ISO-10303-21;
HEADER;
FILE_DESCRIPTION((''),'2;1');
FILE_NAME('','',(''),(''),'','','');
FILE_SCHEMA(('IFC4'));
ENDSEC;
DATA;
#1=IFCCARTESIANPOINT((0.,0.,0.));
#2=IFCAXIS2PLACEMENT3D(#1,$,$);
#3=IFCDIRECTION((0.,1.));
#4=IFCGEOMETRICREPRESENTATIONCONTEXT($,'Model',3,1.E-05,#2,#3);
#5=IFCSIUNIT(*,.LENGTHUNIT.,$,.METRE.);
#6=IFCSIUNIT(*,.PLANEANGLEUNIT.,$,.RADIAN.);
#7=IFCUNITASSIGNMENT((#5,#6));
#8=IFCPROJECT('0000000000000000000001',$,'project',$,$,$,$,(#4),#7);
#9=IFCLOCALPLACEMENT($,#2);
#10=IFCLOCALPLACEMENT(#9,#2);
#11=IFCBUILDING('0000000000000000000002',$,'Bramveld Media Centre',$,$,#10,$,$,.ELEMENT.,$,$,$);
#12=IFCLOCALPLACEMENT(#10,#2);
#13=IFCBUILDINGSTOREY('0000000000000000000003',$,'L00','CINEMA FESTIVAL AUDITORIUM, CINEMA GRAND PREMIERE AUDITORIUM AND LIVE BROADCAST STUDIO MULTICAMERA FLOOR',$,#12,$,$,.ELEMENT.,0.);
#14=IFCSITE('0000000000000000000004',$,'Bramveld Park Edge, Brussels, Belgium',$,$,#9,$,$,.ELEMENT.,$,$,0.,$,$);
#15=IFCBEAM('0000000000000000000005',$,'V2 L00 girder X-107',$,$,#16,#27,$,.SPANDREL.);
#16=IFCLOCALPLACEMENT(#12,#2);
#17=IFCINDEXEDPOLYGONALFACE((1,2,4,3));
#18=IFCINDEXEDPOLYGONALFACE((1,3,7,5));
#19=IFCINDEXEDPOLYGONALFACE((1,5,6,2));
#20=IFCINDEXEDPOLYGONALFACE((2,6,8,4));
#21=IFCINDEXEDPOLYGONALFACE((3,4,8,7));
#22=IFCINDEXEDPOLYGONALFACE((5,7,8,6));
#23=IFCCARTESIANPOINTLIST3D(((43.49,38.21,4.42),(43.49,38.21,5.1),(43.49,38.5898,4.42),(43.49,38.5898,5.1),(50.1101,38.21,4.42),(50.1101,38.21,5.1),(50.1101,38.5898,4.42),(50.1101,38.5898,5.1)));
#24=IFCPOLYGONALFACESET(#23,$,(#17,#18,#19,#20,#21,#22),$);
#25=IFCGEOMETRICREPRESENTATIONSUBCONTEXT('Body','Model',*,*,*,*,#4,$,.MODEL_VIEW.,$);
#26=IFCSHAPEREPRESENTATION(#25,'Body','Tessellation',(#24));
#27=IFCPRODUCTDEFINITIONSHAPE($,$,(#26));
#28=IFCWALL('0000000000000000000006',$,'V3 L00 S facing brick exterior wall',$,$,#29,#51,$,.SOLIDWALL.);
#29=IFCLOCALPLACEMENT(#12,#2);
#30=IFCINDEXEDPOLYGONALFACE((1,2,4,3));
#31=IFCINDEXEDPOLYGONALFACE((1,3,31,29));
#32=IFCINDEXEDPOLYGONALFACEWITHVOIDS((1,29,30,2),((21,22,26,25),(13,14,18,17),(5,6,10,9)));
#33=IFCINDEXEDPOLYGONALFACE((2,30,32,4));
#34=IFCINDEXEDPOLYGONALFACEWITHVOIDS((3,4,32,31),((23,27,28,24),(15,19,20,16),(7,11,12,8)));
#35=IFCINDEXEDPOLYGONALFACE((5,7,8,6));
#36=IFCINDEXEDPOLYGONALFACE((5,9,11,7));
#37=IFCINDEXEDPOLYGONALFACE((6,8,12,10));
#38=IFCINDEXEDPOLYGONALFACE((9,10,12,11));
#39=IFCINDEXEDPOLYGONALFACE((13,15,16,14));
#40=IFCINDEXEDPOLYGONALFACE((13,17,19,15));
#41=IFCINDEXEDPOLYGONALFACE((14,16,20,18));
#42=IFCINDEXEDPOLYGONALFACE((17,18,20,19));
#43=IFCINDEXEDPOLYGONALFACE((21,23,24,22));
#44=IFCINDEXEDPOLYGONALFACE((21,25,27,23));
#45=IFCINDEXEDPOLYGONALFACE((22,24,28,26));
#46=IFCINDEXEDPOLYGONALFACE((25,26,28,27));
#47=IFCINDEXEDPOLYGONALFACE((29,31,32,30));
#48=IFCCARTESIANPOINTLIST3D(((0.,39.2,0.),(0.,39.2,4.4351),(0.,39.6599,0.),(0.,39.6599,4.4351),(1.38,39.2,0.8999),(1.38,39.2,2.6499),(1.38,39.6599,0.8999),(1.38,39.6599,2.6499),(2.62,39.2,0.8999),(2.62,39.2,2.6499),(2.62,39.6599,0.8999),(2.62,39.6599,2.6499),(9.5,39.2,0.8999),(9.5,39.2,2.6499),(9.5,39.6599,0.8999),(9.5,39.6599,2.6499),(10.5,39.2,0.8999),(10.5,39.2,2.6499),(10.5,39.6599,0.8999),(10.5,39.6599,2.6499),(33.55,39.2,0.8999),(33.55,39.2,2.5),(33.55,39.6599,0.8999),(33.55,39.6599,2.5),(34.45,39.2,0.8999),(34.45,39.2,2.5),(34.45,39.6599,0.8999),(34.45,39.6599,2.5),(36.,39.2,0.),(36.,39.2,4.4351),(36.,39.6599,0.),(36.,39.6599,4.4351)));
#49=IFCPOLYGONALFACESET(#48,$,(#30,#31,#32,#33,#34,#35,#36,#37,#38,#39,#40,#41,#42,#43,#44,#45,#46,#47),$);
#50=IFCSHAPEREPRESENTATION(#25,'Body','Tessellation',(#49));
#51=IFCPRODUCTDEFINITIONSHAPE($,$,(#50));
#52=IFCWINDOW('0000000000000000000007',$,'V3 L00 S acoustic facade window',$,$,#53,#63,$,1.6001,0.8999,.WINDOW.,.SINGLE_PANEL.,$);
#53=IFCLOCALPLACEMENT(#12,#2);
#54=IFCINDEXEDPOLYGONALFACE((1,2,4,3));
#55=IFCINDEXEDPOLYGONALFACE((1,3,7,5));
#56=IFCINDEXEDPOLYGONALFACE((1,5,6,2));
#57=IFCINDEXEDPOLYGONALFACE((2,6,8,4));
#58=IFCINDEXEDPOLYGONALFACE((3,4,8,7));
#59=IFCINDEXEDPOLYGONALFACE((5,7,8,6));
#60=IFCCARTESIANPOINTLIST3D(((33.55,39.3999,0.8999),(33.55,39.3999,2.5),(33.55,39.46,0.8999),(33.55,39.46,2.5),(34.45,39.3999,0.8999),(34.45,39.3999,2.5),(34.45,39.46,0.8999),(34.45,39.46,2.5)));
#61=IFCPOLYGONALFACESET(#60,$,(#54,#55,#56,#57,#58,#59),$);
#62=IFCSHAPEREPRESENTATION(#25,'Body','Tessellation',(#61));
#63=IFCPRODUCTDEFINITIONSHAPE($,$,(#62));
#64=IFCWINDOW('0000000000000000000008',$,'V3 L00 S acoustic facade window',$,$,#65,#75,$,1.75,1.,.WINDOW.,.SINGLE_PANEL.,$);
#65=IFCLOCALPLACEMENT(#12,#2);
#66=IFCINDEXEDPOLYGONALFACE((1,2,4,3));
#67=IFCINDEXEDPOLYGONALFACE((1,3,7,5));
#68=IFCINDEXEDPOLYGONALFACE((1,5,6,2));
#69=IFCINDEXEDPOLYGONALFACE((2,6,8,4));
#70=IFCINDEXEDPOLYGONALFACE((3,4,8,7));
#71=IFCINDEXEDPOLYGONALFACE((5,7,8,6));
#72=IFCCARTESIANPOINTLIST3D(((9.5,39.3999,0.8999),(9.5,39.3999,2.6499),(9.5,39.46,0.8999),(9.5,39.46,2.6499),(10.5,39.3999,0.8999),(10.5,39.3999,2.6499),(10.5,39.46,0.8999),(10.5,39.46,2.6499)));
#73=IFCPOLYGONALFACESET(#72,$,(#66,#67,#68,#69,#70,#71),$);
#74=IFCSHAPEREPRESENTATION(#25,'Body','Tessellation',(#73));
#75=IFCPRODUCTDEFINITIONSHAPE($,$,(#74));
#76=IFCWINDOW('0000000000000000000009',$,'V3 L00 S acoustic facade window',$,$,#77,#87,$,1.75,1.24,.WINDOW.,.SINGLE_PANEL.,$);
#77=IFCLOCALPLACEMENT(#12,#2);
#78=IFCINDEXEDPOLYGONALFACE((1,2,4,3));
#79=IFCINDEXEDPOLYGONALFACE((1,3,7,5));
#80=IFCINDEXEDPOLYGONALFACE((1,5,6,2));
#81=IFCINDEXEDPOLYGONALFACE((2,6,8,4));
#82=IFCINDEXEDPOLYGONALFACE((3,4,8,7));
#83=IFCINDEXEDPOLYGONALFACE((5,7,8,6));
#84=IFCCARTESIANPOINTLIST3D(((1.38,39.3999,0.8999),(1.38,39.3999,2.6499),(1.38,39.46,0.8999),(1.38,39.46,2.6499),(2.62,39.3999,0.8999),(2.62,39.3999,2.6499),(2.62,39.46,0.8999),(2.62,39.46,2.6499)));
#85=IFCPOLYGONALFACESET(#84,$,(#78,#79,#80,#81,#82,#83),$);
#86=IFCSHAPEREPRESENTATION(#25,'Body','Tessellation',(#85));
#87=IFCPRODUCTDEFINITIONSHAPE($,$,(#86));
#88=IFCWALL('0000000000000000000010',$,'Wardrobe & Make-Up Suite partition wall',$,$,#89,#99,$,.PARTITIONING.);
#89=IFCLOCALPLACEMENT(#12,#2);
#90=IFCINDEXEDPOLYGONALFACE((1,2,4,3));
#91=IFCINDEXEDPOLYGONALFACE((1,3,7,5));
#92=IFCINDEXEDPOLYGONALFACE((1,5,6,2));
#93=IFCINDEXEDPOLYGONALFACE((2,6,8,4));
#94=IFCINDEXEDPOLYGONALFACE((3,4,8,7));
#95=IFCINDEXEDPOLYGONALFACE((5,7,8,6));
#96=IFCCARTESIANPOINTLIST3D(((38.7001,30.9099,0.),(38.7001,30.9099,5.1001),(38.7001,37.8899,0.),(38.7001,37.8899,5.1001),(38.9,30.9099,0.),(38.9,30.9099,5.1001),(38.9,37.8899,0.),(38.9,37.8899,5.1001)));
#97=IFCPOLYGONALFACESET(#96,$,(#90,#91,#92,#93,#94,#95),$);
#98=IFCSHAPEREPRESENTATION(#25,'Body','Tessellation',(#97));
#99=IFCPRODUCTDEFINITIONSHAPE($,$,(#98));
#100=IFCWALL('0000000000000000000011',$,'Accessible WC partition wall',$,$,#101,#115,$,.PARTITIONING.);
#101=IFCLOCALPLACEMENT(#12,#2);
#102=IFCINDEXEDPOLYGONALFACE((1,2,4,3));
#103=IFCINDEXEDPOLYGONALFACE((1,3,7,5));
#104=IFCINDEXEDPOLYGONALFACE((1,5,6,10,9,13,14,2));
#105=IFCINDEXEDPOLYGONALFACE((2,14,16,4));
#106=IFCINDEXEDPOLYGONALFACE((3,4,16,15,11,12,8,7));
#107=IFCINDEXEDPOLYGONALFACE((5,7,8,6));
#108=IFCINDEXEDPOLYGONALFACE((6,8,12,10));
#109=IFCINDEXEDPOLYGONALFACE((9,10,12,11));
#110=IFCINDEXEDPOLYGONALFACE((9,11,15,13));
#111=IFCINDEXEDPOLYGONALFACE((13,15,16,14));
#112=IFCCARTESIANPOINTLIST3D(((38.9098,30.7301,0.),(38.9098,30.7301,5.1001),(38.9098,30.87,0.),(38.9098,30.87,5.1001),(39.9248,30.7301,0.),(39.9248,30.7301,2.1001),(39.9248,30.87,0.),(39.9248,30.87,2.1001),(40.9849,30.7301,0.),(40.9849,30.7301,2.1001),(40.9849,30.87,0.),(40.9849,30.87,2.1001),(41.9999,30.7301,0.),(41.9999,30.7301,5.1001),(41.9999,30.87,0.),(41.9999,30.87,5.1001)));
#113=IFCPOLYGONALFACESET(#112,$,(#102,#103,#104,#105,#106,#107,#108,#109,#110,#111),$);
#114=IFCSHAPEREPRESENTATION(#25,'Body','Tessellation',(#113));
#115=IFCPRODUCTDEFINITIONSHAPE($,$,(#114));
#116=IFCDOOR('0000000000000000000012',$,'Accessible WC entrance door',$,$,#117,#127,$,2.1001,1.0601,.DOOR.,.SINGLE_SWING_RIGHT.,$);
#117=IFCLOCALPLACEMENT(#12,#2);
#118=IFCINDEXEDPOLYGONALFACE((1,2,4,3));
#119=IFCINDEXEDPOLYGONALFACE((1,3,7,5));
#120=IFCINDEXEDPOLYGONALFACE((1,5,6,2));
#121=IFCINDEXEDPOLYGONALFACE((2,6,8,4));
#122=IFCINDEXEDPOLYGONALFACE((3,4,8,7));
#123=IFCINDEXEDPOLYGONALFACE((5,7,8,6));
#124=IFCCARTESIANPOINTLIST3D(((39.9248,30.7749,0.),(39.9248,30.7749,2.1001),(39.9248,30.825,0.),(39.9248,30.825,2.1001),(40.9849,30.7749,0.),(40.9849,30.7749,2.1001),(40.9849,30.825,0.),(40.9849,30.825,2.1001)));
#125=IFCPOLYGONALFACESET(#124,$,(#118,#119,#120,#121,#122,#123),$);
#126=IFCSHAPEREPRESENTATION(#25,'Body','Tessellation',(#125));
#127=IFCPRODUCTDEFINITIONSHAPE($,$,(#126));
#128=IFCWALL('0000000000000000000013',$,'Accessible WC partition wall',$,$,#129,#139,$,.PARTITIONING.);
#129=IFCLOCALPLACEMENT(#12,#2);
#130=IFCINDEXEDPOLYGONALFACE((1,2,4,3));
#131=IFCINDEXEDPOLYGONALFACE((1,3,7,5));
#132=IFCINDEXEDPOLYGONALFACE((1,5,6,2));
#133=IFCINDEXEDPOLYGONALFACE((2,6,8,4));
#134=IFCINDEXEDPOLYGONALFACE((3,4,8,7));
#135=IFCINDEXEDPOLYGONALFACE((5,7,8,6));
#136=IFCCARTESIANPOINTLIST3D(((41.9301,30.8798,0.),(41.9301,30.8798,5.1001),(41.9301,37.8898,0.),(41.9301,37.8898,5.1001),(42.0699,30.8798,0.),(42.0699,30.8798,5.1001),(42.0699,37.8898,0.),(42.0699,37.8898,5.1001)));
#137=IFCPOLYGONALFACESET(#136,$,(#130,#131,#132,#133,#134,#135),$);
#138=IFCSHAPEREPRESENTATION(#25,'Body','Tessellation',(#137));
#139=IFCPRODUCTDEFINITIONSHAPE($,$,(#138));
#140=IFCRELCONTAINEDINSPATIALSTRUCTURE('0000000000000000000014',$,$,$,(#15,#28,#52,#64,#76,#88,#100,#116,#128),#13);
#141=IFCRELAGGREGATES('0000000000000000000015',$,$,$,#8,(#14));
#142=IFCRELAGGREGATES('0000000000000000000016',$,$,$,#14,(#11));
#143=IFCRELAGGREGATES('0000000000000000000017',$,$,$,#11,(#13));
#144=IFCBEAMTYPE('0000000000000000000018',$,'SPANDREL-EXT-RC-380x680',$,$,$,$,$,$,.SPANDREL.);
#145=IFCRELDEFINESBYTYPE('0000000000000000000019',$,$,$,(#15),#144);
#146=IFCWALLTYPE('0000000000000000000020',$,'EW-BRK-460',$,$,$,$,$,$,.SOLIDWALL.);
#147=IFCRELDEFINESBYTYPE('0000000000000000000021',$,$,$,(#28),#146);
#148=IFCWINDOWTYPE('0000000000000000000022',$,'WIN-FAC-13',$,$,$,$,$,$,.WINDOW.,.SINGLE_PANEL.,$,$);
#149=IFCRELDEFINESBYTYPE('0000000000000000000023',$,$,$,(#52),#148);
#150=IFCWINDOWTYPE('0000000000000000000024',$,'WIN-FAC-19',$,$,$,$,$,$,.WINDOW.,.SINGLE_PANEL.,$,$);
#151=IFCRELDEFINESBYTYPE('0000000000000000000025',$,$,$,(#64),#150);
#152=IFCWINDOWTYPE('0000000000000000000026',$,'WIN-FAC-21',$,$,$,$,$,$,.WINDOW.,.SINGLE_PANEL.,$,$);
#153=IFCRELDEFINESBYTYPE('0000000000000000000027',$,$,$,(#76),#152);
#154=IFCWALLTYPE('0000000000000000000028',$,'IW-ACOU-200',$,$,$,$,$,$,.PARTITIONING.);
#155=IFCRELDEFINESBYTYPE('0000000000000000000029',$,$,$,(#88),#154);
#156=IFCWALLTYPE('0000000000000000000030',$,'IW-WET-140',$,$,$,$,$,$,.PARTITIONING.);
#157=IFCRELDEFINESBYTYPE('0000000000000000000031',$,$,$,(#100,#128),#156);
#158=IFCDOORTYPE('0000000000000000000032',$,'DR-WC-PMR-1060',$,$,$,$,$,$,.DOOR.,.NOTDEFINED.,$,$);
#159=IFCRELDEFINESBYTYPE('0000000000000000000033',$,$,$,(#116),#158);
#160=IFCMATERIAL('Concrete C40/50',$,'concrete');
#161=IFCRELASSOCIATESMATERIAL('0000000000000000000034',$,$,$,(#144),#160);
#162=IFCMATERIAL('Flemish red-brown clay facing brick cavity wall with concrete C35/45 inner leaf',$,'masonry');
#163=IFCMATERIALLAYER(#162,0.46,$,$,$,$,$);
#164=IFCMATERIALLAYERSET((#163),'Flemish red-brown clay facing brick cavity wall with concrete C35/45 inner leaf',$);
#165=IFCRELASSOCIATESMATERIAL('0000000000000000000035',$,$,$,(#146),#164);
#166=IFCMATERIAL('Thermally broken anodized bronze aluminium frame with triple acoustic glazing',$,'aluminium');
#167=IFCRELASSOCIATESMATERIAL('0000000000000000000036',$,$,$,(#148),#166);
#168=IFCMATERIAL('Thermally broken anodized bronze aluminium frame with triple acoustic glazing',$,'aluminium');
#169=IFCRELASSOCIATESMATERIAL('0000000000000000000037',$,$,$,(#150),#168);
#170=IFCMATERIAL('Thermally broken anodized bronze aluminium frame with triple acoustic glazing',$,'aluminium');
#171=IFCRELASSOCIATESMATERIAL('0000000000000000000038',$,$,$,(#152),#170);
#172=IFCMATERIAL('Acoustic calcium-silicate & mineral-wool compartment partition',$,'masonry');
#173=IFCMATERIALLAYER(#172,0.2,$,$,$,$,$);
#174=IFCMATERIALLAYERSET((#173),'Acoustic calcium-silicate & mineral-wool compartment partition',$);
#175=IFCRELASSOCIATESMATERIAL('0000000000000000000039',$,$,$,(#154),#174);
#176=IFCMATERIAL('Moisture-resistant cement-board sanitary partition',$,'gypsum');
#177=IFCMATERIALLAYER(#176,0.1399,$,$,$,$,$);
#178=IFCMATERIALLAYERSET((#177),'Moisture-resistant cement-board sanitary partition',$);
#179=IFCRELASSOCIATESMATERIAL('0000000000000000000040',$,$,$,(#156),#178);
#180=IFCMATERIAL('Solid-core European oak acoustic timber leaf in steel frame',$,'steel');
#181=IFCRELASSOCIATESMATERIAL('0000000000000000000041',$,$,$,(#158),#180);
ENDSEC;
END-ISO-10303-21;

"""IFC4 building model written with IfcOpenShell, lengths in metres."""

from ifc_helpers import new_model, si_unit, direction, frame, frame_2d, origin, origin_2d, place, context, subcontext, project, spatial, rectangle, extrude, material, layer, layer_set, material_profile, profile_set, type_object, element, fill, save


model = new_model("IFC4")

# Units and contexts
model_context = context("Model", 3, precision=1e-05, world=origin(), true_north=direction((0.0, 1.0)))
body_context = subcontext(model_context, "Body", "Model", "MODEL_VIEW")
ifc_project = project(units=[si_unit("LENGTHUNIT", "METRE"), si_unit("PLANEANGLEUNIT", "RADIAN")], contexts=[model_context])

# Site, building, storey
site_placement = place(None, origin())
site = spatial("IfcSite", under=ifc_project, at=site_placement, Name="Bramveld Park Edge, Brussels, Belgium", CompositionType="ELEMENT", RefElevation=0.0)
building_placement = place(site_placement, origin())
building = spatial("IfcBuilding", under=site, at=building_placement, Name="Bramveld Media Centre", CompositionType="ELEMENT")
storey_placement = place(building_placement, origin())
storey = spatial("IfcBuildingStorey", under=building, at=storey_placement, Name="L00", Description="CINEMA FESTIVAL AUDITORIUM, CINEMA GRAND PREMIERE AUDITORIUM AND LIVE BROADCAST STUDIO MULTICAMERA FLOOR", CompositionType="ELEMENT", Elevation=0.0)

# Beam
ifc_material_1 = material(Name="Concrete C40/50", Category="concrete")
ifc_material_profile_1 = material_profile(ifc_material_1, rectangle(XDim=0.3799, YDim=0.6799, at=origin_2d()), Name="RC 380x680")
ifc_profile_set_1 = profile_set([ifc_material_profile_1], Name="Concrete C40/50")
beam_type_1 = type_object("IfcBeamType", Name="SPANDREL-EXT-RC-380x680", PredefinedType="SPANDREL", material=ifc_profile_set_1)
beam_1_placement = place(storey_placement, frame((43.49, 38.3999, 4.76), z_axis=(1.0, 0.0, 0.0), x_axis=(0.0, 1.0, 0.0)))
element("IfcBeam", 1, at=beam_1_placement, inside=storey, type_object=beam_type_1, Name="V2 L00 girder X-107", PredefinedType="SPANDREL", context=body_context, shape_type="SweptSolid", body=[
    extrude(rectangle(XDim=0.3799, YDim=0.6799, at=origin_2d()), origin(), (0.0, 0.0, 1.0), 6.6201),
])

# Wall, openings, windows
ifc_material_2 = material(Name="Flemish red-brown clay facing brick cavity wall with concrete C35/45 inner leaf", Category="masonry")
ifc_layer_1 = layer(ifc_material_2, 0.46)
ifc_layer_set_1 = layer_set([ifc_layer_1], Name="Flemish red-brown clay facing brick cavity wall with concrete C35/45 inner leaf")
wall_type_1 = type_object("IfcWallType", Name="EW-BRK-460", PredefinedType="SOLIDWALL", material=ifc_layer_set_1)
wall_1_placement = place(storey_placement, frame((36.0, 39.4299, 0.0), z_axis=(0.0, 0.0, 1.0), x_axis=(-1.0, 0.0, 0.0)))
wall_1 = element("IfcWall", 2, at=wall_1_placement, inside=storey, type_object=wall_type_1, Name="V3 L00 S facing brick exterior wall", PredefinedType="SOLIDWALL", context=body_context, shape_type="SweptSolid", body=[
    extrude(rectangle(XDim=36.0, YDim=0.46, at=frame_2d((18.0, 0.0))), origin(), (0.0, 0.0, 1.0), 4.4351),
])
opening_1_placement = place(wall_1_placement, frame((1.55, 0.0, 0.8999)))
opening_1 = element("IfcOpeningElement", 3, at=opening_1_placement, cuts=wall_1, PredefinedType="OPENING", context=body_context, shape_type="SweptSolid", body=[
    extrude(rectangle(XDim=0.8999, YDim=1.6001, at=frame_2d((0.45, 0.8))), frame((0.0, 0.2419, 0.0), z_axis=(0.0, -1.0, 0.0), x_axis=(1.0, 0.0, 0.0)), (0.0, 0.0, 1.0), 0.4839),
])
opening_2_placement = place(wall_1_placement, frame((25.5, 0.0, 0.8999)))
opening_2 = element("IfcOpeningElement", 4, at=opening_2_placement, cuts=wall_1, PredefinedType="OPENING", context=body_context, shape_type="SweptSolid", body=[
    extrude(rectangle(XDim=1.0, YDim=1.75, at=frame_2d((0.5, 0.875))), frame((0.0, 0.2419, 0.0), z_axis=(0.0, -1.0, 0.0), x_axis=(1.0, 0.0, 0.0)), (0.0, 0.0, 1.0), 0.4839),
])
opening_3_placement = place(wall_1_placement, frame((33.3799, 0.0, 0.8999)))
opening_3 = element("IfcOpeningElement", 5, at=opening_3_placement, cuts=wall_1, PredefinedType="OPENING", context=body_context, shape_type="SweptSolid", body=[
    extrude(rectangle(XDim=1.24, YDim=1.75, at=frame_2d((0.6201, 0.875))), frame((0.0, 0.2419, 0.0), z_axis=(0.0, -1.0, 0.0), x_axis=(1.0, 0.0, 0.0)), (0.0, 0.0, 1.0), 0.4839),
])
ifc_material_3 = material(Name="Thermally broken anodized bronze aluminium frame with triple acoustic glazing", Category="aluminium")
window_type_1 = type_object("IfcWindowType", Name="WIN-FAC-13", PartitioningType="SINGLE_PANEL", PredefinedType="WINDOW", material=ifc_material_3)
window_1_placement = place(opening_1_placement, origin())
window_1 = element("IfcWindow", 6, at=window_1_placement, inside=storey, type_object=window_type_1, Name="V3 L00 S acoustic facade window", OverallHeight=1.6001, OverallWidth=0.8999, PartitioningType="SINGLE_PANEL", PredefinedType="WINDOW", context=body_context, shape_type="SweptSolid", body=[
    extrude(rectangle(XDim=0.8999, YDim=1.6001, at=frame_2d((0.45, 0.8))), frame((0.0, 0.03, 0.0), z_axis=(0.0, -1.0, 0.0), x_axis=(1.0, 0.0, 0.0)), (0.0, 0.0, 1.0), 0.0601),
])
fill(opening_1, window_1)
ifc_material_4 = material(Name="Thermally broken anodized bronze aluminium frame with triple acoustic glazing", Category="aluminium")
window_type_2 = type_object("IfcWindowType", Name="WIN-FAC-19", PartitioningType="SINGLE_PANEL", PredefinedType="WINDOW", material=ifc_material_4)
window_2_placement = place(opening_2_placement, origin())
window_2 = element("IfcWindow", 7, at=window_2_placement, inside=storey, type_object=window_type_2, Name="V3 L00 S acoustic facade window", OverallHeight=1.75, OverallWidth=1.0, PartitioningType="SINGLE_PANEL", PredefinedType="WINDOW", context=body_context, shape_type="SweptSolid", body=[
    extrude(rectangle(XDim=1.0, YDim=1.75, at=frame_2d((0.5, 0.875))), frame((0.0, 0.03, 0.0), z_axis=(0.0, -1.0, 0.0), x_axis=(1.0, 0.0, 0.0)), (0.0, 0.0, 1.0), 0.0601),
])
fill(opening_2, window_2)
ifc_material_5 = material(Name="Thermally broken anodized bronze aluminium frame with triple acoustic glazing", Category="aluminium")
window_type_3 = type_object("IfcWindowType", Name="WIN-FAC-21", PartitioningType="SINGLE_PANEL", PredefinedType="WINDOW", material=ifc_material_5)
window_3_placement = place(opening_3_placement, origin())
window_3 = element("IfcWindow", 8, at=window_3_placement, inside=storey, type_object=window_type_3, Name="V3 L00 S acoustic facade window", OverallHeight=1.75, OverallWidth=1.24, PartitioningType="SINGLE_PANEL", PredefinedType="WINDOW", context=body_context, shape_type="SweptSolid", body=[
    extrude(rectangle(XDim=1.24, YDim=1.75, at=frame_2d((0.6201, 0.875))), frame((0.0, 0.03, 0.0), z_axis=(0.0, -1.0, 0.0), x_axis=(1.0, 0.0, 0.0)), (0.0, 0.0, 1.0), 0.0601),
])
fill(opening_3, window_3)

# Wall
ifc_material_6 = material(Name="Acoustic calcium-silicate & mineral-wool compartment partition", Category="masonry")
ifc_layer_2 = layer(ifc_material_6, 0.2)
ifc_layer_set_2 = layer_set([ifc_layer_2], Name="Acoustic calcium-silicate & mineral-wool compartment partition")
wall_type_2 = type_object("IfcWallType", Name="IW-ACOU-200", PredefinedType="PARTITIONING", material=ifc_layer_set_2)
wall_2_placement = place(storey_placement, frame((38.8, 30.9099, 0.0), z_axis=(0.0, 0.0, 1.0), x_axis=(0.0, 1.0, 0.0)))
element("IfcWall", 9, at=wall_2_placement, inside=storey, type_object=wall_type_2, Name="Wardrobe & Make-Up Suite partition wall", PredefinedType="PARTITIONING", context=body_context, shape_type="SweptSolid", body=[
    extrude(rectangle(XDim=6.98, YDim=0.2, at=frame_2d((3.49, 0.0))), origin(), (0.0, 0.0, 1.0), 5.1001),
])

# Wall, opening, door
ifc_material_7 = material(Name="Moisture-resistant cement-board sanitary partition", Category="gypsum")
ifc_layer_3 = layer(ifc_material_7, 0.1399)
ifc_layer_set_3 = layer_set([ifc_layer_3], Name="Moisture-resistant cement-board sanitary partition")
wall_type_3 = type_object("IfcWallType", Name="IW-WET-140", PredefinedType="PARTITIONING", material=ifc_layer_set_3)
wall_3_placement = place(storey_placement, frame((38.9099, 30.8, 0.0), z_axis=(0.0, 0.0, 1.0), x_axis=(1.0, 0.0, 0.0)))
wall_3 = element("IfcWall", 10, at=wall_3_placement, inside=storey, type_object=wall_type_3, Name="Accessible WC partition wall", PredefinedType="PARTITIONING", context=body_context, shape_type="SweptSolid", body=[
    extrude(rectangle(XDim=3.0901, YDim=0.1399, at=frame_2d((1.5449, 0.0))), origin(), (0.0, 0.0, 1.0), 5.1001),
])
opening_4_placement = place(wall_3_placement, frame((1.0149, 0.0, 0.0)))
opening_4 = element("IfcOpeningElement", 11, at=opening_4_placement, cuts=wall_3, PredefinedType="OPENING", context=body_context, shape_type="SweptSolid", body=[
    extrude(rectangle(XDim=1.0601, YDim=2.1001, at=frame_2d((0.53, 1.05))), frame((0.0, 0.082, 0.0), z_axis=(0.0, -1.0, 0.0), x_axis=(1.0, 0.0, 0.0)), (0.0, 0.0, 1.0), 0.1638),
])
ifc_material_8 = material(Name="Solid-core European oak acoustic timber leaf in steel frame", Category="steel")
door_type_1 = type_object("IfcDoorType", Name="DR-WC-PMR-1060", OperationType="NOTDEFINED", PredefinedType="DOOR", material=ifc_material_8)
door_1_placement = place(opening_4_placement, origin())
door_1 = element("IfcDoor", 12, at=door_1_placement, inside=storey, type_object=door_type_1, Name="Accessible WC entrance door", OperationType="SINGLE_SWING_RIGHT", OverallHeight=2.1001, OverallWidth=1.0601, PredefinedType="DOOR", context=body_context, shape_type="SweptSolid", body=[
    extrude(rectangle(XDim=1.0601, YDim=2.1001, at=frame_2d((0.53, 1.05))), frame((0.0, 0.0249, 0.0), z_axis=(0.0, -1.0, 0.0), x_axis=(1.0, 0.0, 0.0)), (0.0, 0.0, 1.0), 0.05),
])
fill(opening_4, door_1)

# Wall
wall_4_placement = place(storey_placement, frame((42.0, 30.8799, 0.0), z_axis=(0.0, 0.0, 1.0), x_axis=(0.0, 1.0, 0.0)))
element("IfcWall", 13, at=wall_4_placement, inside=storey, type_object=wall_type_3, Name="Accessible WC partition wall", PredefinedType="PARTITIONING", context=body_context, shape_type="SweptSolid", body=[
    extrude(rectangle(XDim=7.01, YDim=0.1399, at=frame_2d((3.5049, 0.0))), origin(), (0.0, 0.0, 1.0), 5.1001),
])

save(model, "model.ifc")
